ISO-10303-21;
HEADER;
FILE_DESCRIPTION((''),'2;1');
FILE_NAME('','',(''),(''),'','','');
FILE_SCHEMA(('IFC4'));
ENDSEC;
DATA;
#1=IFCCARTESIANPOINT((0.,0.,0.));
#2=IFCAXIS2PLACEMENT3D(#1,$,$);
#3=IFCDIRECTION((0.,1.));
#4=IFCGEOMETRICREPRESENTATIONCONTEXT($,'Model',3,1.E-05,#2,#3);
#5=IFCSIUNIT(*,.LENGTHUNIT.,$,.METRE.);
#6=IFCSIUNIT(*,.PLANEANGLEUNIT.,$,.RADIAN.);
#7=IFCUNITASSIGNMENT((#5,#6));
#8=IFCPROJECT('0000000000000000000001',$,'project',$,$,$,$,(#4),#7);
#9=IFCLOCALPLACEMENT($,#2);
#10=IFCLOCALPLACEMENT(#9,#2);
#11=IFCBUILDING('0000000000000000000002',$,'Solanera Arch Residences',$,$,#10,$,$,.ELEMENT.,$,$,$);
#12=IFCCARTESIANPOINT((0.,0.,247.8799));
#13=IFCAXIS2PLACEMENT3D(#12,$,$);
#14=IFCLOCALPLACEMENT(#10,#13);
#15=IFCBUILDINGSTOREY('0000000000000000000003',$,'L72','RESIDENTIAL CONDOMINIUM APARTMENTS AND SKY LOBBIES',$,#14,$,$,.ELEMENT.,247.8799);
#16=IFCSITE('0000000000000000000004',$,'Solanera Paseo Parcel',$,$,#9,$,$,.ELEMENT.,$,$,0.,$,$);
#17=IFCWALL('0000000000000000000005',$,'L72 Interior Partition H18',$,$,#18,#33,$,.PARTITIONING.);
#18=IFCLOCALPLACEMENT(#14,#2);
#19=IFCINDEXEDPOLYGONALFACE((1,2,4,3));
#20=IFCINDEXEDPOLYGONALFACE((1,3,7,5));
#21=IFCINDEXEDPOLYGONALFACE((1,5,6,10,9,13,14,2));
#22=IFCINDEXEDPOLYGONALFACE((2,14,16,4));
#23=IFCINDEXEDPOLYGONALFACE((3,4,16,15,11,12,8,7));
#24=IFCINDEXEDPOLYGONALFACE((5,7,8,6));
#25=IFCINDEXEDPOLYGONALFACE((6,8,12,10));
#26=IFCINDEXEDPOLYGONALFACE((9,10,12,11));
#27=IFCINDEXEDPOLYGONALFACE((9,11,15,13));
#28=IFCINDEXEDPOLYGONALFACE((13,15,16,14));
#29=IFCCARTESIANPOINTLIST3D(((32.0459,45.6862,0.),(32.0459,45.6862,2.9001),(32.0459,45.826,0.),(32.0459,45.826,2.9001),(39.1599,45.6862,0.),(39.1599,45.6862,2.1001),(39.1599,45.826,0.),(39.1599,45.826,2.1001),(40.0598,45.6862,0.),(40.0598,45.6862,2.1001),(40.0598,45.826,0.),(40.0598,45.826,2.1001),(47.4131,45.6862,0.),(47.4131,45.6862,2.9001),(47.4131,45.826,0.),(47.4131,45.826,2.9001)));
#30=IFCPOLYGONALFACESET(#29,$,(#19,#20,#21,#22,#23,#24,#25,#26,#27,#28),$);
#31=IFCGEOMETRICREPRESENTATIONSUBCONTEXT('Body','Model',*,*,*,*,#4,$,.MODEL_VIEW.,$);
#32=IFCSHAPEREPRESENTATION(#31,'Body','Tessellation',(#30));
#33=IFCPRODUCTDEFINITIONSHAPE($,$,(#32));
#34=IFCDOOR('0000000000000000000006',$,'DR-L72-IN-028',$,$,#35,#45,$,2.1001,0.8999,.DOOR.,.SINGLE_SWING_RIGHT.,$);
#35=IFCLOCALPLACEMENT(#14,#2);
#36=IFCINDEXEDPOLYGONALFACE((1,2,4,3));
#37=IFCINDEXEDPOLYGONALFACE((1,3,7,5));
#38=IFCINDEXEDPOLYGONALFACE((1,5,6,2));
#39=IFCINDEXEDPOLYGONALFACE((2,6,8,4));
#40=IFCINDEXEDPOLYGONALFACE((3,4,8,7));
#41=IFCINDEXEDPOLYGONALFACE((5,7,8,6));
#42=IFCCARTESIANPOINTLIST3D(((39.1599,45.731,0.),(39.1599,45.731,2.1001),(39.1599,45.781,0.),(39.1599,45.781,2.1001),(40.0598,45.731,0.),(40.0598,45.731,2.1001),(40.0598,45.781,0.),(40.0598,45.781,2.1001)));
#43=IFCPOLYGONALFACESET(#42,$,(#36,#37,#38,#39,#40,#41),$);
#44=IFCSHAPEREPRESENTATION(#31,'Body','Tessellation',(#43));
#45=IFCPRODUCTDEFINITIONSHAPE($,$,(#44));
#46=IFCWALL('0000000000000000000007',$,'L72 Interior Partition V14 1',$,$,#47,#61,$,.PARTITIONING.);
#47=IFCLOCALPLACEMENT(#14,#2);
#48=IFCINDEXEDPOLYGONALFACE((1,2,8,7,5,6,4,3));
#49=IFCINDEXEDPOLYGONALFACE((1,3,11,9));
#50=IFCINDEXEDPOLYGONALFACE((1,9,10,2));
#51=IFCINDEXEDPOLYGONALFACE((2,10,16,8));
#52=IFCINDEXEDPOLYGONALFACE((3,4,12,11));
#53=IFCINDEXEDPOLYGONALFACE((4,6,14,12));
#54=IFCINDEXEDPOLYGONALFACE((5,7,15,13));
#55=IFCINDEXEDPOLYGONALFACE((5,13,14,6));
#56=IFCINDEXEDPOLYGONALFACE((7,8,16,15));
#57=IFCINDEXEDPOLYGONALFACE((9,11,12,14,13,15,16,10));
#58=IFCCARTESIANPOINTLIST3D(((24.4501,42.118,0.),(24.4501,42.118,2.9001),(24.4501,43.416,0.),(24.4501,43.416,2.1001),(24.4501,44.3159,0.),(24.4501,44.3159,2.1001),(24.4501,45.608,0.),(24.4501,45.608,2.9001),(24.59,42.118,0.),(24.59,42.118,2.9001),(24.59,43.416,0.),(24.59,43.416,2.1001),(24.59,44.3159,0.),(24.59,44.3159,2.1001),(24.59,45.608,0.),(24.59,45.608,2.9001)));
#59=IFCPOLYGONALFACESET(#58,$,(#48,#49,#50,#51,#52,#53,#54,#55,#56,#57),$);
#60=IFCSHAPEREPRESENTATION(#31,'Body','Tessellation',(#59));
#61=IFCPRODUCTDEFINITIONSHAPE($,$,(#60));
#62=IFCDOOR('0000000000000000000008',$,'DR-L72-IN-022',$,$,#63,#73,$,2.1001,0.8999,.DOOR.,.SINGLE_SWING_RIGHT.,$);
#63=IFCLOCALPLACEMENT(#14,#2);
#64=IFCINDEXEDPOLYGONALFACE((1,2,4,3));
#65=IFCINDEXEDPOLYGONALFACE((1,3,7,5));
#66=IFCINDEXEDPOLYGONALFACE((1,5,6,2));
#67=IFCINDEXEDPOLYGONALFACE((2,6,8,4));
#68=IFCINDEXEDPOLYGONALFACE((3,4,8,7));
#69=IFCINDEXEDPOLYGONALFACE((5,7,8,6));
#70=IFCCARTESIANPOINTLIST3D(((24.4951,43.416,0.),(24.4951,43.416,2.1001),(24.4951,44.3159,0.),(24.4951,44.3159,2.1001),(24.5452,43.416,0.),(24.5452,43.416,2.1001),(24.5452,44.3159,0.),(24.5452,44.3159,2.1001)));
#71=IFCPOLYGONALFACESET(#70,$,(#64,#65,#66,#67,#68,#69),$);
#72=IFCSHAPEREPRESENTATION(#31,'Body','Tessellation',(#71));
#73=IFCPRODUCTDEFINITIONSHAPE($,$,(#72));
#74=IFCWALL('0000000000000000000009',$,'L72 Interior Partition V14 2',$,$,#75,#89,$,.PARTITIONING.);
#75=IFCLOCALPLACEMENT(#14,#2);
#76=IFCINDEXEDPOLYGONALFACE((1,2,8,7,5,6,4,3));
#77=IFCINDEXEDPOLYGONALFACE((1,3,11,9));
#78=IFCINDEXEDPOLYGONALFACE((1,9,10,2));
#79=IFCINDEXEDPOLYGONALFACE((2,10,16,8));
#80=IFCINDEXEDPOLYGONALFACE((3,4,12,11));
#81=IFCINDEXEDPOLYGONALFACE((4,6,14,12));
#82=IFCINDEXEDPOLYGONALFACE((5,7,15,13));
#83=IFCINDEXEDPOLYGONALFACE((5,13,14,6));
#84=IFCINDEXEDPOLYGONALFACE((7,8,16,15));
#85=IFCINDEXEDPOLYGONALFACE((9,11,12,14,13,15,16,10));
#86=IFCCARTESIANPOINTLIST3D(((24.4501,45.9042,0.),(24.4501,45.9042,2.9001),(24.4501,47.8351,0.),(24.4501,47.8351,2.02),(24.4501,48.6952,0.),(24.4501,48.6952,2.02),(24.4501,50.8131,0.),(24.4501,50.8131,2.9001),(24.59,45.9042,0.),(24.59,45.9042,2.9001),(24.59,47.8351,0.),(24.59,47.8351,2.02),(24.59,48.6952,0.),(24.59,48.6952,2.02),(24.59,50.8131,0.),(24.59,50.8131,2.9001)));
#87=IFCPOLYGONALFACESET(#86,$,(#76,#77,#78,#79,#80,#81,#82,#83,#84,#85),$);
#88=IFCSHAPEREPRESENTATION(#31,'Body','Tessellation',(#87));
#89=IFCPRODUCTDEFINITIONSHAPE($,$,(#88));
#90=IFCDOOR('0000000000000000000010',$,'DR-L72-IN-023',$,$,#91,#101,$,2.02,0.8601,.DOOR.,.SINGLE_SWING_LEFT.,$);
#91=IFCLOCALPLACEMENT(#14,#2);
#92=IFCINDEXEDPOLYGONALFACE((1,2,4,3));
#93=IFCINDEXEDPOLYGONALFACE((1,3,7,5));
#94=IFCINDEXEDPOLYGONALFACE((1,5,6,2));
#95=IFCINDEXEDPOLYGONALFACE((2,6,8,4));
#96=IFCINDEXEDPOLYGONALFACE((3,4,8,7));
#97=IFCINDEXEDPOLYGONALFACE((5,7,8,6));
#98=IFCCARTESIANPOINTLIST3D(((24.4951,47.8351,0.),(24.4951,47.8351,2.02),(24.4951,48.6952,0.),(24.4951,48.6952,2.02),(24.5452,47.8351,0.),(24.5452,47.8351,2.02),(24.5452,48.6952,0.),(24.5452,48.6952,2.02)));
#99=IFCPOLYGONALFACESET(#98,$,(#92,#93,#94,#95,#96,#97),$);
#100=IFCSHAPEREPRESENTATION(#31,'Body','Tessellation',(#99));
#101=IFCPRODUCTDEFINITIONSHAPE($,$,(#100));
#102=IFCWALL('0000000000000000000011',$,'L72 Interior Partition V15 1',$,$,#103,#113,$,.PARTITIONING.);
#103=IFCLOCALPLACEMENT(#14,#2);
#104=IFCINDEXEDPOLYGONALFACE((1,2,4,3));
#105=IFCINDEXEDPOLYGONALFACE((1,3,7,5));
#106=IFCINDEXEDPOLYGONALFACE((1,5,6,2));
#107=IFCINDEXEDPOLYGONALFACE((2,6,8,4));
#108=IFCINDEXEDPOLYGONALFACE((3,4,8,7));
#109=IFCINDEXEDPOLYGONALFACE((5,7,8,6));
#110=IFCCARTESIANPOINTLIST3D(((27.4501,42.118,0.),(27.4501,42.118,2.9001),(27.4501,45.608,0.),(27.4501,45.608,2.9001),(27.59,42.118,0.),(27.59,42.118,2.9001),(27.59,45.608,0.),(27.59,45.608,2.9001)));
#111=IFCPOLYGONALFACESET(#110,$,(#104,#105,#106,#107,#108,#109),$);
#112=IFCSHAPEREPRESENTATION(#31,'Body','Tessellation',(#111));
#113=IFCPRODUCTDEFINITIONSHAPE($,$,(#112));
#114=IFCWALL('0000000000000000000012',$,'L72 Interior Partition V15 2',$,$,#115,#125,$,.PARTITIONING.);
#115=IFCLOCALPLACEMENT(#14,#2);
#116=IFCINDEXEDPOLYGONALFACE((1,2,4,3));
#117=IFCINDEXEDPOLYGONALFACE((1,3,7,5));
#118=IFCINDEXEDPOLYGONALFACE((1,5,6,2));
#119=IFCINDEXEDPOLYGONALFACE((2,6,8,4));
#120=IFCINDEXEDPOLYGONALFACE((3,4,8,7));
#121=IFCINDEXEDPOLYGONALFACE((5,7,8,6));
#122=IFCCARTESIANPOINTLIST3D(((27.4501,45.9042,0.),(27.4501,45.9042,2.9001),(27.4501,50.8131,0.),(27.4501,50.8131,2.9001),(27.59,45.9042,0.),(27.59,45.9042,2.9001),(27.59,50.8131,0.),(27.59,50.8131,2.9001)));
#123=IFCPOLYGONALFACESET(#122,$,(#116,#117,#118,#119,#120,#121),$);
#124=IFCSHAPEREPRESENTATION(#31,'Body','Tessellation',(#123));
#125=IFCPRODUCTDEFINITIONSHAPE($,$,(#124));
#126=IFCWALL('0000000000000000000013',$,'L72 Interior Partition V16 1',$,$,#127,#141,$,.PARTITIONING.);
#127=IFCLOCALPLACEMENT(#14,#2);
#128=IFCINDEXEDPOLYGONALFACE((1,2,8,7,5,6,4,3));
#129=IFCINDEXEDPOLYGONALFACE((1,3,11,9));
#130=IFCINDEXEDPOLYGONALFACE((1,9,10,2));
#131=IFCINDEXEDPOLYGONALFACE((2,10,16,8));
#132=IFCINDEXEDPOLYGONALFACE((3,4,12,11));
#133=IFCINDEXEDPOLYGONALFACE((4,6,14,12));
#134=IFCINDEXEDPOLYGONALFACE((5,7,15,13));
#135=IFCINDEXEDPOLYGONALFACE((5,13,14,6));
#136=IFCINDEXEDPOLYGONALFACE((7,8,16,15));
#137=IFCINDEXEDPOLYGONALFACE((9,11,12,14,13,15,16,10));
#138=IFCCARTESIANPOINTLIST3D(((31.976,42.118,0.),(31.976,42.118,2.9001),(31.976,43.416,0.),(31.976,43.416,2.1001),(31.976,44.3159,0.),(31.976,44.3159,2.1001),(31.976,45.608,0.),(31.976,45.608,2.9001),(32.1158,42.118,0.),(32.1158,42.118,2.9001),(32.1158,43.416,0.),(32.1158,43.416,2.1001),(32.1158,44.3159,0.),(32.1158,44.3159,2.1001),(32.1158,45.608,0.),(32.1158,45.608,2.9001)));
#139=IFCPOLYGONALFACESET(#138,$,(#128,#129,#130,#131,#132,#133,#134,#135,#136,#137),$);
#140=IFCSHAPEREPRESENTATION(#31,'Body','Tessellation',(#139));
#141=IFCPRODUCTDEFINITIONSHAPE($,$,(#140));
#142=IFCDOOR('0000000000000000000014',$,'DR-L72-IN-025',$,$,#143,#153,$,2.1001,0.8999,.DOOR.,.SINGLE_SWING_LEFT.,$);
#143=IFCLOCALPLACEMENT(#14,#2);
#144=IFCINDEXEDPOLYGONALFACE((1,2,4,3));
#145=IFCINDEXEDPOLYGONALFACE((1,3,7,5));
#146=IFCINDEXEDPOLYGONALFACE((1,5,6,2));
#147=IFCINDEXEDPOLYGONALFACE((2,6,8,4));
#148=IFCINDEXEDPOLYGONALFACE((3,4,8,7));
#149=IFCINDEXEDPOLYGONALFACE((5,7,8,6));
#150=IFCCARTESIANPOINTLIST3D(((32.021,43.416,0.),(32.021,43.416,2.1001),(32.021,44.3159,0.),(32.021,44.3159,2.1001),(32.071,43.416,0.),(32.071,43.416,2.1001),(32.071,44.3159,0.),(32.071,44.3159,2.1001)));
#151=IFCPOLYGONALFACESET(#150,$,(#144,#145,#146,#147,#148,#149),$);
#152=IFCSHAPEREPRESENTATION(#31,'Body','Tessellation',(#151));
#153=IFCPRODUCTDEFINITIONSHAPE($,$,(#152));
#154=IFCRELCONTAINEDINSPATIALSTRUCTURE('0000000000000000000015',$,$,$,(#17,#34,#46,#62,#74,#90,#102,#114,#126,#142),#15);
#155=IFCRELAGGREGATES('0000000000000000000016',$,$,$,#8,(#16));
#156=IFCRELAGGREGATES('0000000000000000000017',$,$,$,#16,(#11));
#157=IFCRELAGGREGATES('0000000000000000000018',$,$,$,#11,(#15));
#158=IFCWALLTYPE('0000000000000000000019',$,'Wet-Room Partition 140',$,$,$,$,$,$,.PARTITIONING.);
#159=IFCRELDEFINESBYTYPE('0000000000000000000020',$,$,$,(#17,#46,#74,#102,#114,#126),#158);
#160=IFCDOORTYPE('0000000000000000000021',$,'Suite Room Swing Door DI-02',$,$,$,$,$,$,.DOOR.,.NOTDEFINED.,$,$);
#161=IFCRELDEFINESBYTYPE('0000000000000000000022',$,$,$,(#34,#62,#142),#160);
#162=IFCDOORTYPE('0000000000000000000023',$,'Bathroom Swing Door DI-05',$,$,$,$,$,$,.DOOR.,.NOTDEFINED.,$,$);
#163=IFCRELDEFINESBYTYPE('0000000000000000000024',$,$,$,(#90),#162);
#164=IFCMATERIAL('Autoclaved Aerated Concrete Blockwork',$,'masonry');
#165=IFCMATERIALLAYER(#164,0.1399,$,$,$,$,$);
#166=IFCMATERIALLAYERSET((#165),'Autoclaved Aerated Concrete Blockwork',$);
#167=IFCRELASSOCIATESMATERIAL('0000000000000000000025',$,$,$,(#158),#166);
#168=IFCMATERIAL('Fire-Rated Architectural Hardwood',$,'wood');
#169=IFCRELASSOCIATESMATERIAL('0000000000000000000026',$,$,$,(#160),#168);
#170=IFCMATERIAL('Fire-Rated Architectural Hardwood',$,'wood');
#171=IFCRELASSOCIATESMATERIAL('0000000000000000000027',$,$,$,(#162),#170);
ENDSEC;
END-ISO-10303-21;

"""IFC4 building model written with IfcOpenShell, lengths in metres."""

from ifc_helpers import new_model, si_unit, direction, frame, frame_2d, origin, place, context, subcontext, project, spatial, rectangle, extrude, material, layer, layer_set, type_object, element, fill, save


model = new_model("IFC4")

# Units and contexts
model_context = context("Model", 3, precision=1e-05, world=origin(), true_north=direction((0.0, 1.0)))
body_context = subcontext(model_context, "Body", "Model", "MODEL_VIEW")
ifc_project = project(units=[si_unit("LENGTHUNIT", "METRE"), si_unit("PLANEANGLEUNIT", "RADIAN")], contexts=[model_context])

# Site, building, storey
site_placement = place(None, origin())
site = spatial("IfcSite", under=ifc_project, at=site_placement, Name="Solanera Paseo Parcel", CompositionType="ELEMENT", RefElevation=0.0)
building_placement = place(site_placement, origin())
building = spatial("IfcBuilding", under=site, at=building_placement, Name="Solanera Arch Residences", CompositionType="ELEMENT")
storey_placement = place(building_placement, frame((0.0, 0.0, 247.8799)))
storey = spatial("IfcBuildingStorey", under=building, at=storey_placement, Name="L72", Description="RESIDENTIAL CONDOMINIUM APARTMENTS AND SKY LOBBIES", CompositionType="ELEMENT", Elevation=247.8799)

# Shared definitions
ifc_material_1 = material(Name="Autoclaved Aerated Concrete Blockwork", Category="masonry")
ifc_layer_1 = layer(ifc_material_1, 0.1399)
ifc_layer_set_1 = layer_set([ifc_layer_1], Name="Autoclaved Aerated Concrete Blockwork")
wall_type_1 = type_object("IfcWallType", Name="Wet-Room Partition 140", PredefinedType="PARTITIONING", material=ifc_layer_set_1)

# Walls, openings, doors
wall_1_placement = place(storey_placement, frame((32.0459, 45.7561, 0.0), z_axis=(0.0, 0.0, 1.0), x_axis=(1.0, 0.0, 0.0)))
wall_1 = element("IfcWall", 1, at=wall_1_placement, inside=storey, type_object=wall_type_1, Name="L72 Interior Partition H18", PredefinedType="PARTITIONING", context=body_context, shape_type="SweptSolid", body=[
    extrude(rectangle(XDim=15.3672, YDim=0.1399, at=frame_2d((7.6836, 0.0))), origin(), (0.0, 0.0, 1.0), 2.9001),
])
opening_1_placement = place(wall_1_placement, frame((7.114, 0.0, 0.0)))
opening_1 = element("IfcOpeningElement", 2, at=opening_1_placement, cuts=wall_1, PredefinedType="OPENING", context=body_context, shape_type="SweptSolid", body=[
    extrude(rectangle(XDim=0.8999, YDim=2.1001, at=frame_2d((0.45, 1.05))), frame((0.0, 0.0798, 0.0), z_axis=(0.0, -1.0, 0.0), x_axis=(1.0, 0.0, 0.0)), (0.0, 0.0, 1.0), 0.1599),
])
ifc_material_2 = material(Name="Fire-Rated Architectural Hardwood", Category="wood")
door_type_1 = type_object("IfcDoorType", Name="Suite Room Swing Door DI-02", OperationType="NOTDEFINED", PredefinedType="DOOR", material=ifc_material_2)
door_1_placement = place(opening_1_placement, origin())
door_1 = element("IfcDoor", 3, at=door_1_placement, inside=storey, type_object=door_type_1, Name="DR-L72-IN-028", OperationType="SINGLE_SWING_RIGHT", OverallHeight=2.1001, OverallWidth=0.8999, PredefinedType="DOOR", context=body_context, shape_type="SweptSolid", body=[
    extrude(rectangle(XDim=0.8999, YDim=2.1001, at=frame_2d((0.45, 1.05))), frame((0.0, 0.0249, 0.0), z_axis=(0.0, -1.0, 0.0), x_axis=(1.0, 0.0, 0.0)), (0.0, 0.0, 1.0), 0.05),
])
fill(opening_1, door_1)
wall_2_placement = place(storey_placement, frame((24.52, 42.1179, 0.0), z_axis=(0.0, 0.0, 1.0), x_axis=(0.0, 1.0, 0.0)))
wall_2 = element("IfcWall", 4, at=wall_2_placement, inside=storey, type_object=wall_type_1, Name="L72 Interior Partition V14 1", PredefinedType="PARTITIONING", context=body_context, shape_type="SweptSolid", body=[
    extrude(rectangle(XDim=3.49, YDim=0.1399, at=frame_2d((1.7451, 0.0))), origin(), (0.0, 0.0, 1.0), 2.9001),
])
opening_2_placement = place(wall_2_placement, frame((1.2981, 0.0, 0.0)))
opening_2 = element("IfcOpeningElement", 5, at=opening_2_placement, cuts=wall_2, PredefinedType="OPENING", context=body_context, shape_type="SweptSolid", body=[
    extrude(rectangle(XDim=0.8999, YDim=2.1001, at=frame_2d((0.45, 1.05))), frame((0.0, 0.0798, 0.0), z_axis=(0.0, -1.0, 0.0), x_axis=(1.0, 0.0, 0.0)), (0.0, 0.0, 1.0), 0.1599),
])
door_2_placement = place(opening_2_placement, origin())
door_2 = element("IfcDoor", 6, at=door_2_placement, inside=storey, type_object=door_type_1, Name="DR-L72-IN-022", OperationType="SINGLE_SWING_RIGHT", OverallHeight=2.1001, OverallWidth=0.8999, PredefinedType="DOOR", context=body_context, shape_type="SweptSolid", body=[
    extrude(rectangle(XDim=0.8999, YDim=2.1001, at=frame_2d((0.45, 1.05))), frame((0.0, 0.0249, 0.0), z_axis=(0.0, -1.0, 0.0), x_axis=(1.0, 0.0, 0.0)), (0.0, 0.0, 1.0), 0.05),
])
fill(opening_2, door_2)
wall_3_placement = place(storey_placement, frame((24.52, 45.9041, 0.0), z_axis=(0.0, 0.0, 1.0), x_axis=(0.0, 1.0, 0.0)))
wall_3 = element("IfcWall", 7, at=wall_3_placement, inside=storey, type_object=wall_type_1, Name="L72 Interior Partition V14 2", PredefinedType="PARTITIONING", context=body_context, shape_type="SweptSolid", body=[
    extrude(rectangle(XDim=4.9089, YDim=0.1399, at=frame_2d((2.4546, 0.0))), origin(), (0.0, 0.0, 1.0), 2.9001),
])
opening_3_placement = place(wall_3_placement, frame((1.9309, 0.0, 0.0)))
opening_3 = element("IfcOpeningElement", 8, at=opening_3_placement, cuts=wall_3, PredefinedType="OPENING", context=body_context, shape_type="SweptSolid", body=[
    extrude(rectangle(XDim=0.8601, YDim=2.02, at=frame_2d((0.4302, 1.01))), frame((0.0, 0.0798, 0.0), z_axis=(0.0, -1.0, 0.0), x_axis=(1.0, 0.0, 0.0)), (0.0, 0.0, 1.0), 0.1599),
])
ifc_material_3 = material(Name="Fire-Rated Architectural Hardwood", Category="wood")
door_type_2 = type_object("IfcDoorType", Name="Bathroom Swing Door DI-05", OperationType="NOTDEFINED", PredefinedType="DOOR", material=ifc_material_3)
door_3_placement = place(opening_3_placement, origin())
door_3 = element("IfcDoor", 9, at=door_3_placement, inside=storey, type_object=door_type_2, Name="DR-L72-IN-023", OperationType="SINGLE_SWING_LEFT", OverallHeight=2.02, OverallWidth=0.8601, PredefinedType="DOOR", context=body_context, shape_type="SweptSolid", body=[
    extrude(rectangle(XDim=0.8601, YDim=2.02, at=frame_2d((0.4302, 1.01))), frame((0.0, 0.0249, 0.0), z_axis=(0.0, -1.0, 0.0), x_axis=(1.0, 0.0, 0.0)), (0.0, 0.0, 1.0), 0.05),
])
fill(opening_3, door_3)

# Walls
wall_4_placement = place(storey_placement, frame((27.52, 42.1179, 0.0), z_axis=(0.0, 0.0, 1.0), x_axis=(0.0, 1.0, 0.0)))
element("IfcWall", 10, at=wall_4_placement, inside=storey, type_object=wall_type_1, Name="L72 Interior Partition V15 1", PredefinedType="PARTITIONING", context=body_context, shape_type="SweptSolid", body=[
    extrude(rectangle(XDim=3.49, YDim=0.1399, at=frame_2d((1.7451, 0.0))), origin(), (0.0, 0.0, 1.0), 2.9001),
])
wall_5_placement = place(storey_placement, frame((27.52, 45.9041, 0.0), z_axis=(0.0, 0.0, 1.0), x_axis=(0.0, 1.0, 0.0)))
element("IfcWall", 11, at=wall_5_placement, inside=storey, type_object=wall_type_1, Name="L72 Interior Partition V15 2", PredefinedType="PARTITIONING", context=body_context, shape_type="SweptSolid", body=[
    extrude(rectangle(XDim=4.9089, YDim=0.1399, at=frame_2d((2.4546, 0.0))), origin(), (0.0, 0.0, 1.0), 2.9001),
])

# Wall, opening, door
wall_6_placement = place(storey_placement, frame((32.0459, 42.1179, 0.0), z_axis=(0.0, 0.0, 1.0), x_axis=(0.0, 1.0, 0.0)))
wall_6 = element("IfcWall", 12, at=wall_6_placement, inside=storey, type_object=wall_type_1, Name="L72 Interior Partition V16 1", PredefinedType="PARTITIONING", context=body_context, shape_type="SweptSolid", body=[
    extrude(rectangle(XDim=3.49, YDim=0.1399, at=frame_2d((1.7451, 0.0))), origin(), (0.0, 0.0, 1.0), 2.9001),
])
opening_4_placement = place(wall_6_placement, frame((1.2981, 0.0, 0.0)))
opening_4 = element("IfcOpeningElement", 13, at=opening_4_placement, cuts=wall_6, PredefinedType="OPENING", context=body_context, shape_type="SweptSolid", body=[
    extrude(rectangle(XDim=0.8999, YDim=2.1001, at=frame_2d((0.45, 1.05))), frame((0.0, 0.0798, 0.0), z_axis=(0.0, -1.0, 0.0), x_axis=(1.0, 0.0, 0.0)), (0.0, 0.0, 1.0), 0.1599),
])
door_4_placement = place(opening_4_placement, origin())
door_4 = element("IfcDoor", 14, at=door_4_placement, inside=storey, type_object=door_type_1, Name="DR-L72-IN-025", OperationType="SINGLE_SWING_LEFT", OverallHeight=2.1001, OverallWidth=0.8999, PredefinedType="DOOR", context=body_context, shape_type="SweptSolid", body=[
    extrude(rectangle(XDim=0.8999, YDim=2.1001, at=frame_2d((0.45, 1.05))), frame((0.0, 0.0249, 0.0), z_axis=(0.0, -1.0, 0.0), x_axis=(1.0, 0.0, 0.0)), (0.0, 0.0, 1.0), 0.05),
])
fill(opening_4, door_4)

save(model, "model.ifc")
